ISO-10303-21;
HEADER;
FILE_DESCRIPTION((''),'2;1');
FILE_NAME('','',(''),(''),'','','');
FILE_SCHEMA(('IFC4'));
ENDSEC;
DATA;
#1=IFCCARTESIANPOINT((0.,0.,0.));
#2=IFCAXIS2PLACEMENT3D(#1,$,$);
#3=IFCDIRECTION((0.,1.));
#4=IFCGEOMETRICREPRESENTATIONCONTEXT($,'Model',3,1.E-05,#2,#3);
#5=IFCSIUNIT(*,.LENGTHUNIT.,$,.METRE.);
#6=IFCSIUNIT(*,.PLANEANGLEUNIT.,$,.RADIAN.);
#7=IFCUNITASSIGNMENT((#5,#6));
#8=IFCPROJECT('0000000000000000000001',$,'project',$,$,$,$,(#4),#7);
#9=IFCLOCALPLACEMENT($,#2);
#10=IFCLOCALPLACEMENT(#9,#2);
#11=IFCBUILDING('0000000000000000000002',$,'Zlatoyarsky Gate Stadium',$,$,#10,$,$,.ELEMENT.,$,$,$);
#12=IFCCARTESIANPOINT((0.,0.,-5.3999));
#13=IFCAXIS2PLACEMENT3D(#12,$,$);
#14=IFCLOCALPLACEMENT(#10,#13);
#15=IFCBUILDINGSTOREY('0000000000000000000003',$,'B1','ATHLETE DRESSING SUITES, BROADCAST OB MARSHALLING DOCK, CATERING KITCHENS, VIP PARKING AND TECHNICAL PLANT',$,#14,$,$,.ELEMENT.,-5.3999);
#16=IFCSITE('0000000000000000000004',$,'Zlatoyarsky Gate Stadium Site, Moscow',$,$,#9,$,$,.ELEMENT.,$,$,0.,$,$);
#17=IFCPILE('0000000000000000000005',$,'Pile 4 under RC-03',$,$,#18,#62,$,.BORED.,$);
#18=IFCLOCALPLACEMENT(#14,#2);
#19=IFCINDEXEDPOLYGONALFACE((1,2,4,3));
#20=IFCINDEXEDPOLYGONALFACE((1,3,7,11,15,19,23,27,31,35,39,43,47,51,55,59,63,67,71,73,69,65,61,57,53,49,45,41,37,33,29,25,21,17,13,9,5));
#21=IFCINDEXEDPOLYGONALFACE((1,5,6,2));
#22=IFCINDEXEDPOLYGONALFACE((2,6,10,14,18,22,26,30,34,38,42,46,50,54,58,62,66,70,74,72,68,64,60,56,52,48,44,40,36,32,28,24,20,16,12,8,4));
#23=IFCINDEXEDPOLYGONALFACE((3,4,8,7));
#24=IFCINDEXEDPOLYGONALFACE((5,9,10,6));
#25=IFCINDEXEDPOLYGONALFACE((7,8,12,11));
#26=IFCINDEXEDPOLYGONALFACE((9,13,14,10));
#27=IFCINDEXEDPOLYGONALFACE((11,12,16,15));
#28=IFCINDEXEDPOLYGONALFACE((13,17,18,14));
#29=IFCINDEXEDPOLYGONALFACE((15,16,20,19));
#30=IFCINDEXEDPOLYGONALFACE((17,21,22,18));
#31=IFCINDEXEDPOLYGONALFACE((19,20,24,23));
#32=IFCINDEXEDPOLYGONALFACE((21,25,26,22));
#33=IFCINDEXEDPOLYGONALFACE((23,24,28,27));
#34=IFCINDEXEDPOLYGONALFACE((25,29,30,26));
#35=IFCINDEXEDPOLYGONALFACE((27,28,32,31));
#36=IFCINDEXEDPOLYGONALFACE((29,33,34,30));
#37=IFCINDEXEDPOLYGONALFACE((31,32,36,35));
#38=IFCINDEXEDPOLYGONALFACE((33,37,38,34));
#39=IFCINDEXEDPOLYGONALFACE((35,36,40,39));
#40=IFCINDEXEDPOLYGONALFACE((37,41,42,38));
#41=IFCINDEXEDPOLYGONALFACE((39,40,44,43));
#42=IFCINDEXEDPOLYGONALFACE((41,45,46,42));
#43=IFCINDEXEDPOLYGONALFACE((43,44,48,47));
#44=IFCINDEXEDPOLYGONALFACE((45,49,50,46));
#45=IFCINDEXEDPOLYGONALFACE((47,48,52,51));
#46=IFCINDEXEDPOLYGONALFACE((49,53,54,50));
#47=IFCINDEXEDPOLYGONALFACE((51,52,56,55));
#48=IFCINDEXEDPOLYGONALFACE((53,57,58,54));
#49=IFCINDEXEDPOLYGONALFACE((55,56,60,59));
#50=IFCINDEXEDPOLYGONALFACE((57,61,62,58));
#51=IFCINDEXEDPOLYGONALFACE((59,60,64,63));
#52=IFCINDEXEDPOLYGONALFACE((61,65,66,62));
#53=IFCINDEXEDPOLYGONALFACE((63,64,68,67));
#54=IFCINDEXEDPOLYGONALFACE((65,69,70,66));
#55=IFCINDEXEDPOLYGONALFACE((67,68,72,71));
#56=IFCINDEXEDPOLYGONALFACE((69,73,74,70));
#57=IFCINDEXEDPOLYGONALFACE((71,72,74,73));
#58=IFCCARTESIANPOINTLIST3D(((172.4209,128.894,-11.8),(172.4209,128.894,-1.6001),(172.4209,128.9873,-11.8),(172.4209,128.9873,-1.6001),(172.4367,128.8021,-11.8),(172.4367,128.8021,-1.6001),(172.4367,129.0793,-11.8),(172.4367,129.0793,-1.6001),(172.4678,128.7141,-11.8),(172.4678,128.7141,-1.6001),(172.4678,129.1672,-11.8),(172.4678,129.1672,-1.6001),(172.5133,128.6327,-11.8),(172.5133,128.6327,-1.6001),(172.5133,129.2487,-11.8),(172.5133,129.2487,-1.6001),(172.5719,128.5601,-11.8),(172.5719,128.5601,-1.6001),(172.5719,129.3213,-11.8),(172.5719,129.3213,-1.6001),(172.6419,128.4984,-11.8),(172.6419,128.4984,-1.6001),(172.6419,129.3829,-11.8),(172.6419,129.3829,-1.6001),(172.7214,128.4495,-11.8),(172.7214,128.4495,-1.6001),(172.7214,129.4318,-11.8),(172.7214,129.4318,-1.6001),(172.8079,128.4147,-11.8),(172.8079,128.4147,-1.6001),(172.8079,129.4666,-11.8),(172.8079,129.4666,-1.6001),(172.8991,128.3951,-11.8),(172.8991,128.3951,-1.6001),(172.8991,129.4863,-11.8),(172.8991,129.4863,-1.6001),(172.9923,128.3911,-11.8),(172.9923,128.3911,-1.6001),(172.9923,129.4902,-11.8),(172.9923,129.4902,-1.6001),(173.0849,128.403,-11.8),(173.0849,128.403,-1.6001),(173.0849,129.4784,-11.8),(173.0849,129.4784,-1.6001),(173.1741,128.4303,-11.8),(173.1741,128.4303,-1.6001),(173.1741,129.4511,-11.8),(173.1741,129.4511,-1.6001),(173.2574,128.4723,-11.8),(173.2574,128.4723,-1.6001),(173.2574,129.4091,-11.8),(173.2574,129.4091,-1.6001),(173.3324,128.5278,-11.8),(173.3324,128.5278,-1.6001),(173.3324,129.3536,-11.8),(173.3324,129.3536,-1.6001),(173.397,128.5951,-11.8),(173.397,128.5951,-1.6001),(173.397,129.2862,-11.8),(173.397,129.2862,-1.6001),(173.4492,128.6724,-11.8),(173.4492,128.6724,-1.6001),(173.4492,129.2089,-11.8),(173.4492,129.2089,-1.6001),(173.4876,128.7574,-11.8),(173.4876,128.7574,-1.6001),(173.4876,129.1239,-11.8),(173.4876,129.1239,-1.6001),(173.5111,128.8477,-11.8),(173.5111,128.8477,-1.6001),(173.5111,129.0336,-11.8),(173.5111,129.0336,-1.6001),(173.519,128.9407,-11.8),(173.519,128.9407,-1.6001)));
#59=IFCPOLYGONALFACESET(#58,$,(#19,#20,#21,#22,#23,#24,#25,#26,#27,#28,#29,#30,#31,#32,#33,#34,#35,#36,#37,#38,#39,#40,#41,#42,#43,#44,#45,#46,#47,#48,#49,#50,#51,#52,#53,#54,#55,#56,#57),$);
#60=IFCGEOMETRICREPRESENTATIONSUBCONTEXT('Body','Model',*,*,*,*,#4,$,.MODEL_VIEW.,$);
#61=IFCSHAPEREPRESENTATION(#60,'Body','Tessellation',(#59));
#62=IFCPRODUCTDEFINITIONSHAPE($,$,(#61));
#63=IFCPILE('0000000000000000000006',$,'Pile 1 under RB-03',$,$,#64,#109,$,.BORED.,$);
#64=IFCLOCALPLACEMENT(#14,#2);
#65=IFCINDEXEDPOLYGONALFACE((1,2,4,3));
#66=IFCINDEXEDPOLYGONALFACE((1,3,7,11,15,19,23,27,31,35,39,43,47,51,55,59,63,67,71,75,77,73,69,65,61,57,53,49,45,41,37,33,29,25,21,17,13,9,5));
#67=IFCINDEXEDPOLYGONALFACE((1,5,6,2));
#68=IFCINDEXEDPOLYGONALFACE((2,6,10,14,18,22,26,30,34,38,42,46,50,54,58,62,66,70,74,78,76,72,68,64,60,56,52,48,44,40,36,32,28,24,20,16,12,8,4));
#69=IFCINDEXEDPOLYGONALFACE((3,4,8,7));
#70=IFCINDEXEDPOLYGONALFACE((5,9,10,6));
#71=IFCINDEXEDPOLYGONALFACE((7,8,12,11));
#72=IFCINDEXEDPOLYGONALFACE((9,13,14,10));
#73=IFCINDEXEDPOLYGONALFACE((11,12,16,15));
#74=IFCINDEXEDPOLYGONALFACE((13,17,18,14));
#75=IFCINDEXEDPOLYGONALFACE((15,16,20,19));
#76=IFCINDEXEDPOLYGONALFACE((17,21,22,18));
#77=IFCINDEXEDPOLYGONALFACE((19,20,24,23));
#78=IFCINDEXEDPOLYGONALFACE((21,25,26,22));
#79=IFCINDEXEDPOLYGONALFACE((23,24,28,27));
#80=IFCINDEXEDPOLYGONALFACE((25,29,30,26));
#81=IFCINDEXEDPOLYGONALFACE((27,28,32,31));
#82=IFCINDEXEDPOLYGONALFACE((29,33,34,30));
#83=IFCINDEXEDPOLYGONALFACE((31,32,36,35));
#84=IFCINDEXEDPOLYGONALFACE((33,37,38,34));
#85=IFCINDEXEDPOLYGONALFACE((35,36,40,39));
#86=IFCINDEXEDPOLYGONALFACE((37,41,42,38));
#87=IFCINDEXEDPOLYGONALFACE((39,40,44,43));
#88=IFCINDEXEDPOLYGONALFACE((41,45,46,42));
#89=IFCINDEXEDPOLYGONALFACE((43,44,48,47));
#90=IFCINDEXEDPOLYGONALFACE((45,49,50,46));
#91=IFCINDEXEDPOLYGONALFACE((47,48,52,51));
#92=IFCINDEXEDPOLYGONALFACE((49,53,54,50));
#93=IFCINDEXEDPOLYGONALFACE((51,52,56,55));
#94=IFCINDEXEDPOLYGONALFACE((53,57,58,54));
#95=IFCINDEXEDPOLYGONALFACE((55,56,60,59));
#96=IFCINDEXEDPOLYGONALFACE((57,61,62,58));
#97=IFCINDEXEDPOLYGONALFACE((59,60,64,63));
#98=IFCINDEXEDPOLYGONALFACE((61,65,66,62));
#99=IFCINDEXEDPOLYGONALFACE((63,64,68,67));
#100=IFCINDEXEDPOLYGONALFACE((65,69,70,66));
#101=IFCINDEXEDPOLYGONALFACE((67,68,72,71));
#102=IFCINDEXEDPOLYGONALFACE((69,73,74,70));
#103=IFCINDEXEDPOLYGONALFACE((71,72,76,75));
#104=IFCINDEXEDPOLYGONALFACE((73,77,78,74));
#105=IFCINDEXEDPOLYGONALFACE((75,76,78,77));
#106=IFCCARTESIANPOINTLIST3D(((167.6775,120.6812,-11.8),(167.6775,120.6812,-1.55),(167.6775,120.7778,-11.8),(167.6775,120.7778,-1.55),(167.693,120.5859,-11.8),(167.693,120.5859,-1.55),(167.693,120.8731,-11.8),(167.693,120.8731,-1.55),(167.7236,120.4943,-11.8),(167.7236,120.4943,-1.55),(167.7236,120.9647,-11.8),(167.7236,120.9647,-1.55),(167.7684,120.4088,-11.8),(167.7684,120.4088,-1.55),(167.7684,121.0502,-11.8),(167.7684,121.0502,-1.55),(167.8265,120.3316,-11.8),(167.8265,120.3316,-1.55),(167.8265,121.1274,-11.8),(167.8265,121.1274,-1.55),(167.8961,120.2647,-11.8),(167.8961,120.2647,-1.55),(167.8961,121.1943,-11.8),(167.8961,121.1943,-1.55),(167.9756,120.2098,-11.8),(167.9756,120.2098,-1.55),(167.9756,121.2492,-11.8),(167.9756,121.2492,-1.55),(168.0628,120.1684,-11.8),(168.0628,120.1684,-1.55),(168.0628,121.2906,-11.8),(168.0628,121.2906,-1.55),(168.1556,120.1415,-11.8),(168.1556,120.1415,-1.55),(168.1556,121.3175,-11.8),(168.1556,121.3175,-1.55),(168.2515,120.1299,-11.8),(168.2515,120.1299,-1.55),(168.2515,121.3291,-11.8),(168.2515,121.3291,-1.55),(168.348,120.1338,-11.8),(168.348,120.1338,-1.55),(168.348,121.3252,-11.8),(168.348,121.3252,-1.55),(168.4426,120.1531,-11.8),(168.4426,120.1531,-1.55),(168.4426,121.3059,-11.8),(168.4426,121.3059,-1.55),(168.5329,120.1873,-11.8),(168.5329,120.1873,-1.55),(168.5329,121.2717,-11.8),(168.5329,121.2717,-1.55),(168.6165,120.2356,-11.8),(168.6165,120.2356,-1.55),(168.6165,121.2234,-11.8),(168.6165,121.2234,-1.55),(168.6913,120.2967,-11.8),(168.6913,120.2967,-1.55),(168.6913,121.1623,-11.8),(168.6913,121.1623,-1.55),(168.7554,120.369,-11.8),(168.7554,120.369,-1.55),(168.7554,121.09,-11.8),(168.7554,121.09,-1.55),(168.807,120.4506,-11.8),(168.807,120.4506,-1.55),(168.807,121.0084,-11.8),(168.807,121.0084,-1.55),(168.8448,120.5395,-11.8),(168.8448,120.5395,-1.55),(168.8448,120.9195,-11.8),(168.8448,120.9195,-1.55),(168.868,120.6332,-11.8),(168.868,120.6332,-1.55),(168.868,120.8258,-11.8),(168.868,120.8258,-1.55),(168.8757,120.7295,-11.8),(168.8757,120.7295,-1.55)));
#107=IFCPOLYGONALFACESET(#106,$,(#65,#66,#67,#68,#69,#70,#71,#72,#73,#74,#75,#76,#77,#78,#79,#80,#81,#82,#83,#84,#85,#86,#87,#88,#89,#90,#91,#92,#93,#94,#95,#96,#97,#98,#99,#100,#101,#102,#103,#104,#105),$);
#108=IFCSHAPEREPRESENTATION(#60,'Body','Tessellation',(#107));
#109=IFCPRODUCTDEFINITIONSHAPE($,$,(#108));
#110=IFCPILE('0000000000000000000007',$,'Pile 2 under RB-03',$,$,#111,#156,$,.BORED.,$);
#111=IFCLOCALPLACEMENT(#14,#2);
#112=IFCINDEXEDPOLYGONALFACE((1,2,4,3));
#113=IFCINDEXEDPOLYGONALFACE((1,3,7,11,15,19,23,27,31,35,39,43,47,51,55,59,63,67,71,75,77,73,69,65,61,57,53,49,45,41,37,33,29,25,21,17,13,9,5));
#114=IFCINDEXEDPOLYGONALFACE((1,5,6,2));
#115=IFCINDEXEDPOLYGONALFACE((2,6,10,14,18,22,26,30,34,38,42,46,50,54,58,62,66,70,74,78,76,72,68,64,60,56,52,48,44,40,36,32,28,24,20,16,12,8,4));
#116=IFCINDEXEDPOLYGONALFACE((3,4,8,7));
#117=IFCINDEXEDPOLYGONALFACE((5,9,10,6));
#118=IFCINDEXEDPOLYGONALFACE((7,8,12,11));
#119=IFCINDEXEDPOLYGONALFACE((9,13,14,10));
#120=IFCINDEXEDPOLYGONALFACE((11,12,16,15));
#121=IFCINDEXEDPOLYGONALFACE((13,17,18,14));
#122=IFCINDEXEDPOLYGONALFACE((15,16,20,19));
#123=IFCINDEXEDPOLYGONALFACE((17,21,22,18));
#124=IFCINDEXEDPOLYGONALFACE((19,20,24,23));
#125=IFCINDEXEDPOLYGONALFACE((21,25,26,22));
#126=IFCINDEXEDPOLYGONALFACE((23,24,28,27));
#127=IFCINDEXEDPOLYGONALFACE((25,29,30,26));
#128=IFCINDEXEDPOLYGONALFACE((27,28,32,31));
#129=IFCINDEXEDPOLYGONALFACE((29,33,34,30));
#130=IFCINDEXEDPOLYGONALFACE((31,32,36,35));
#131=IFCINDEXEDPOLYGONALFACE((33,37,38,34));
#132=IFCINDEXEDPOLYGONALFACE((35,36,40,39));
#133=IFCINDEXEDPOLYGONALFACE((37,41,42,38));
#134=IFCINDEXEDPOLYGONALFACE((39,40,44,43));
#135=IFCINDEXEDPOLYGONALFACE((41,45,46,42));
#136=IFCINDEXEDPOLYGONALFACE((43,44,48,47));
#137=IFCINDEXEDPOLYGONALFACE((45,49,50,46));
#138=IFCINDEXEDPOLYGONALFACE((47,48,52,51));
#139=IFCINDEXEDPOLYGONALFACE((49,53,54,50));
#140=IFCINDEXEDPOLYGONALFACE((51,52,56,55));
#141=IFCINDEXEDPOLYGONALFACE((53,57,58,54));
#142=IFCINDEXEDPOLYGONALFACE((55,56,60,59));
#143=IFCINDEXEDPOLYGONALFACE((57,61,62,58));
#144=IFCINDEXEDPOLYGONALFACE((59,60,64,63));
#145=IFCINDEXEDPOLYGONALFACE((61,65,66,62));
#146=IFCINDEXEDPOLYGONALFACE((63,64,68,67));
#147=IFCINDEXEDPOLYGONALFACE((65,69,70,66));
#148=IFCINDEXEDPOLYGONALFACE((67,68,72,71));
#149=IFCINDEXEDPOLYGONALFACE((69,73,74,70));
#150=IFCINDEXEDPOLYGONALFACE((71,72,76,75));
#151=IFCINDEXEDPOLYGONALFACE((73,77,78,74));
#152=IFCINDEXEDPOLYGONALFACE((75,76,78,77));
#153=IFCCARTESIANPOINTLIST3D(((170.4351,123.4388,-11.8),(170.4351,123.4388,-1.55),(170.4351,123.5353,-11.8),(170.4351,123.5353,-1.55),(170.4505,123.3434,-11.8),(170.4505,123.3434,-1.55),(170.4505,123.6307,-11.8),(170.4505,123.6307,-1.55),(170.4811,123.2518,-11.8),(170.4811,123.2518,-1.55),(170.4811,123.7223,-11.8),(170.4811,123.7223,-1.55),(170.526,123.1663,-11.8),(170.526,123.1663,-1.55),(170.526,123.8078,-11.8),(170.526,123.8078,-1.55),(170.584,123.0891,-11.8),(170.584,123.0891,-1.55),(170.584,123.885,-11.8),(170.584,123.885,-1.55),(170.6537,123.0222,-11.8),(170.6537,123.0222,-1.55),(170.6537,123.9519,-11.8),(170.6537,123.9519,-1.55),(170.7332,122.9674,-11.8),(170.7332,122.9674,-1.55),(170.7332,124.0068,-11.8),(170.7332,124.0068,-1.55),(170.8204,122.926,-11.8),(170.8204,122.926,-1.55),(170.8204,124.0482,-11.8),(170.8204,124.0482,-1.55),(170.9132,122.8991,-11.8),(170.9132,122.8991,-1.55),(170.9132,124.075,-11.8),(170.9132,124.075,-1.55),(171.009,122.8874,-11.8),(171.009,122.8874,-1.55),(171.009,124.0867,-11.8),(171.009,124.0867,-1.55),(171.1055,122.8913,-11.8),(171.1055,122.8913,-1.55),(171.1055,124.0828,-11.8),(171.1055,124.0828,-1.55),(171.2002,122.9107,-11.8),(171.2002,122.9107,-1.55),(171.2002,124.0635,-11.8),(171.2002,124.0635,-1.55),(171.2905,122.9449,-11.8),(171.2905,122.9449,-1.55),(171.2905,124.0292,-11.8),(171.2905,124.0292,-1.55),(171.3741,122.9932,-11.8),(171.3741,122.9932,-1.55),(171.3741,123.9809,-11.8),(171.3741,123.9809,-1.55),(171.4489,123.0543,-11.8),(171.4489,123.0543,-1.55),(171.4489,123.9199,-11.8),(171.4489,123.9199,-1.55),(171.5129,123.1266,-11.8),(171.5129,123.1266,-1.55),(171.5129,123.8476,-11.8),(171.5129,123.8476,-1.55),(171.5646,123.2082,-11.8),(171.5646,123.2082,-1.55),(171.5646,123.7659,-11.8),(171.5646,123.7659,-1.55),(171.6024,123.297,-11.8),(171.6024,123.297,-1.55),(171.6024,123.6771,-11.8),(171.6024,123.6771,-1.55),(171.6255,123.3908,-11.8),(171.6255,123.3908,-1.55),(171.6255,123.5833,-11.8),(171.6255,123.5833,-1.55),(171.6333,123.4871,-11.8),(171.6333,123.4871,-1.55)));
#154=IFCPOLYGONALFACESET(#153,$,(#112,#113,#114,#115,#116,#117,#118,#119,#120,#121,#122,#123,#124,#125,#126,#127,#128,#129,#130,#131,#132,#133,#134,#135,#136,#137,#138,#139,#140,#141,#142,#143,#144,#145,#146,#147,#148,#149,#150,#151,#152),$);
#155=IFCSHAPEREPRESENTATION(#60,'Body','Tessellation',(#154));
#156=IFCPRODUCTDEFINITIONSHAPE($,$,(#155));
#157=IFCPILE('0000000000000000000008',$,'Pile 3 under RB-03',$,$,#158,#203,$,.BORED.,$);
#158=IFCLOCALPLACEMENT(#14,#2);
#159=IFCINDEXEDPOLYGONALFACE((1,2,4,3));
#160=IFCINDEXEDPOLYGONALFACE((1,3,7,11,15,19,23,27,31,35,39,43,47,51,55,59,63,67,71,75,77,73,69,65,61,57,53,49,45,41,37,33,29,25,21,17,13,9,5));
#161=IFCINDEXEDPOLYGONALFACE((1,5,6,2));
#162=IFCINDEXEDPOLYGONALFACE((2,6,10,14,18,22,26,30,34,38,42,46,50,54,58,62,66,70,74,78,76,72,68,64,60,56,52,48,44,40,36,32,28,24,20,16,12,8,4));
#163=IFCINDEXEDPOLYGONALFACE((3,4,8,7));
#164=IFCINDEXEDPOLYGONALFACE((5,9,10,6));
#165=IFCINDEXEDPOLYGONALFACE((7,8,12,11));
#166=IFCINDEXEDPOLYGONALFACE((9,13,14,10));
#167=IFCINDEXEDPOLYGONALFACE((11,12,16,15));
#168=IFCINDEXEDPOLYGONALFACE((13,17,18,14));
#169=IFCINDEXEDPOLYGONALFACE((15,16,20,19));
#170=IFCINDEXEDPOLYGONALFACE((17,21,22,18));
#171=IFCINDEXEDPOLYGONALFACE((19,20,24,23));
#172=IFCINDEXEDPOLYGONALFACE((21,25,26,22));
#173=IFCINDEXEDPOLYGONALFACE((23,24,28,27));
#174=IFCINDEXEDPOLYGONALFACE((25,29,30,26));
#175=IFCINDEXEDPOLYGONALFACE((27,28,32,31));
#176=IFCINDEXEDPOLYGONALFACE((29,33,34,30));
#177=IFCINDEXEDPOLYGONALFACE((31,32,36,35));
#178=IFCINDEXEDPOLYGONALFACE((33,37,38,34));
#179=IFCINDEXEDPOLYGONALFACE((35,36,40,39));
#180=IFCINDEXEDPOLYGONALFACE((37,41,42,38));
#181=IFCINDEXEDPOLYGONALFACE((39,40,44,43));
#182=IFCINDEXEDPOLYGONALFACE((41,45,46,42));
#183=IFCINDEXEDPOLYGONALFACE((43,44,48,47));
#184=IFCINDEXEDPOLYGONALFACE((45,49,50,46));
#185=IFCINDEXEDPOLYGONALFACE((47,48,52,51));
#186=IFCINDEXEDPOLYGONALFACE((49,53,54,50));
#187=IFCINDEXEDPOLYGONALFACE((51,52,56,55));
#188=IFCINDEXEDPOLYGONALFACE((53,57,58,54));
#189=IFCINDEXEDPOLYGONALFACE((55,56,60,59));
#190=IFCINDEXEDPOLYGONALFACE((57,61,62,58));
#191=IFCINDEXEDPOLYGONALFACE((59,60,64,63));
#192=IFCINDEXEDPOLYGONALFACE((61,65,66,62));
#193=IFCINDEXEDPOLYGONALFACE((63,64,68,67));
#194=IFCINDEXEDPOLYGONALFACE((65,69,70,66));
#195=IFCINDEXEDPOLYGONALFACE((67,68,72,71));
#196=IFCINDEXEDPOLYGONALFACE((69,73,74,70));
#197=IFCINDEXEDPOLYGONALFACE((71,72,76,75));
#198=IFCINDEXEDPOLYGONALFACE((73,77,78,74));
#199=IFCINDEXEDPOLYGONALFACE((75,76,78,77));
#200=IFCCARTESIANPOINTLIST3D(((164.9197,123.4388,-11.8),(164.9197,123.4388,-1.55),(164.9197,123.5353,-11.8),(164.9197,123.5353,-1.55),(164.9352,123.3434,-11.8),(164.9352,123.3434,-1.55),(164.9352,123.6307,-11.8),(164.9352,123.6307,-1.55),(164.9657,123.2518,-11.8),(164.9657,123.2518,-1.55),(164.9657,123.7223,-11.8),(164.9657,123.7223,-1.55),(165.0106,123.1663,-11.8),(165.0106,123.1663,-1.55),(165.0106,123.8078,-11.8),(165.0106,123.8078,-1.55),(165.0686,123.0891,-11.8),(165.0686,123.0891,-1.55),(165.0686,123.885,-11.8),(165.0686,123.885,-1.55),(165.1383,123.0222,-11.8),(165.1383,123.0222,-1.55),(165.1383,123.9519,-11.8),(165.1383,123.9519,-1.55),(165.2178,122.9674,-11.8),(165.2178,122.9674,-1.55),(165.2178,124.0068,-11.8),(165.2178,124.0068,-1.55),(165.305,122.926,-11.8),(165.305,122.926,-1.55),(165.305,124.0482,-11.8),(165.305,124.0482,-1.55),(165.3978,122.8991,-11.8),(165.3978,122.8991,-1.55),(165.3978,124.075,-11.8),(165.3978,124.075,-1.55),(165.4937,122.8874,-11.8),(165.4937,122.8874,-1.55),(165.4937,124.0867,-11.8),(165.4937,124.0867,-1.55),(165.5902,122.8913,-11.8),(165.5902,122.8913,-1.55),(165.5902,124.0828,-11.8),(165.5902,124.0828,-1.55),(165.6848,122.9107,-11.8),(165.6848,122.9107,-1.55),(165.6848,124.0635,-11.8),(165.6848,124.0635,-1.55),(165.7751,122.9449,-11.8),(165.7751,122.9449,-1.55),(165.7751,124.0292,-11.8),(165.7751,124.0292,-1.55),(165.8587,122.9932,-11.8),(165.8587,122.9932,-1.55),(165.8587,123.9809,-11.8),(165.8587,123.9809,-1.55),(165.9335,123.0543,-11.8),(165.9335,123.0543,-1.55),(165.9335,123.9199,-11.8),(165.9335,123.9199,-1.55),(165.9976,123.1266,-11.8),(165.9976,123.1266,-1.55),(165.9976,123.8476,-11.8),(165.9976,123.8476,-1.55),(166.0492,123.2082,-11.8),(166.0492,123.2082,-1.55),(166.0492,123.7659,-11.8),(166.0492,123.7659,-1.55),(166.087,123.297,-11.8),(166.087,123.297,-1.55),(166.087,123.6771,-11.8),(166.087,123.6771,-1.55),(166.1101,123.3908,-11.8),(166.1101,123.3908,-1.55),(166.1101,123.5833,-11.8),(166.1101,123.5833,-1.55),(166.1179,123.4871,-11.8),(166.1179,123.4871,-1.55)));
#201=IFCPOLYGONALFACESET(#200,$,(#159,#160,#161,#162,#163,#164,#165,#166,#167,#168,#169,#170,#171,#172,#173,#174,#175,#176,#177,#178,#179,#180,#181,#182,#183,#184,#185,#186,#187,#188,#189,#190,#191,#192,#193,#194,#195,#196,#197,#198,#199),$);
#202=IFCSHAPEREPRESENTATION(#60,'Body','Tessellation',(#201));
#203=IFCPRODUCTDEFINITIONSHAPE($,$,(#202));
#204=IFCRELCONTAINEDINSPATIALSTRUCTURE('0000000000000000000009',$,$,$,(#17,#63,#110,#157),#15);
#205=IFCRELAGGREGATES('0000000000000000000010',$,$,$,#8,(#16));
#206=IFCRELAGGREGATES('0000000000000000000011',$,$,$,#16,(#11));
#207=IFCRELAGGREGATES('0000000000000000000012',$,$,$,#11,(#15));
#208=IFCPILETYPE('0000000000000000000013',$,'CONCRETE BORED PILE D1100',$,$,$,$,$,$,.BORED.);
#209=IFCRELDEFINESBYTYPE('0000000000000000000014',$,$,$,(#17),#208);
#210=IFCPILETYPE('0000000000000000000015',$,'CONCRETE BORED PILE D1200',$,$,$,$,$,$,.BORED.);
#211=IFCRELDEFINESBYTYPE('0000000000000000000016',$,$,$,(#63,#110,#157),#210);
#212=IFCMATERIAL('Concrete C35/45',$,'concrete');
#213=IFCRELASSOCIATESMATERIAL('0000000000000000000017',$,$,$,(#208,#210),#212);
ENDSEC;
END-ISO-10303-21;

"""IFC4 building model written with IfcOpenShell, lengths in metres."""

from ifc_helpers import new_model, si_unit, direction, frame, origin, origin_2d, place, context, subcontext, project, spatial, circle, extrude, material, material_profile, profile_set, type_object, element, save


model = new_model("IFC4")

# Units and contexts
model_context = context("Model", 3, precision=1e-05, world=origin(), true_north=direction((0.0, 1.0)))
body_context = subcontext(model_context, "Body", "Model", "MODEL_VIEW")
ifc_project = project(units=[si_unit("LENGTHUNIT", "METRE"), si_unit("PLANEANGLEUNIT", "RADIAN")], contexts=[model_context])

# Site, building, storey
site_placement = place(None, origin())
site = spatial("IfcSite", under=ifc_project, at=site_placement, Name="Zlatoyarsky Gate Stadium Site, Moscow", CompositionType="ELEMENT", RefElevation=0.0)
building_placement = place(site_placement, origin())
building = spatial("IfcBuilding", under=site, at=building_placement, Name="Zlatoyarsky Gate Stadium", CompositionType="ELEMENT")
storey_placement = place(building_placement, frame((0.0, 0.0, -5.3999)))
storey = spatial("IfcBuildingStorey", under=building, at=storey_placement, Name="B1", Description="ATHLETE DRESSING SUITES, BROADCAST OB MARSHALLING DOCK, CATERING KITCHENS, VIP PARKING AND TECHNICAL PLANT", CompositionType="ELEMENT", Elevation=-5.3999)

# Piles
ifc_material_1 = material(Name="Concrete C35/45", Category="concrete")
ifc_material_profile_1 = material_profile(ifc_material_1, circle(Radius=0.55, at=origin_2d()), Name="BORED PILE D1100")
ifc_profile_set_1 = profile_set([ifc_material_profile_1], Name="Concrete C35/45")
pile_type_1 = type_object("IfcPileType", Name="CONCRETE BORED PILE D1100", PredefinedType="BORED", material=ifc_profile_set_1)
pile_placement = place(storey_placement, frame((172.969, 128.9407, -1.6001), z_axis=(0.0, 0.0, -1.0), x_axis=(1.0, 0.0, 0.0)))
element("IfcPile", 1, at=pile_placement, inside=storey, type_object=pile_type_1, Name="Pile 4 under RC-03", PredefinedType="BORED", context=body_context, shape_type="SweptSolid", body=[
    extrude(circle(Radius=0.55, at=origin_2d()), origin(), (0.0, 0.0, 1.0), 10.2),
])
ifc_material_profile_2 = material_profile(ifc_material_1, circle(Radius=0.6001, at=origin_2d()), Name="BORED PILE D1200")
ifc_profile_set_2 = profile_set([ifc_material_profile_2], Name="Concrete C35/45")
pile_type_2 = type_object("IfcPileType", Name="CONCRETE BORED PILE D1200", PredefinedType="BORED", material=ifc_profile_set_2)
for number, where, z_axis, x_axis, name in (
    (2, (168.2756, 120.7295, -1.55), (0.0, 0.0, -1.0), (1.0, 0.0, 0.0), "Pile 1 under RB-03"),
    (3, (171.0332, 123.4871, -1.55), (0.0, 0.0, -1.0), (1.0, 0.0, 0.0), "Pile 2 under RB-03"),
    (4, (165.5178, 123.4871, -1.55), (0.0, 0.0, -1.0), (1.0, 0.0, 0.0), "Pile 3 under RB-03"),
):
    element("IfcPile", number, at=place(storey_placement, frame(where, z_axis=z_axis, x_axis=x_axis)), inside=storey, type_object=pile_type_2, Name=name, PredefinedType="BORED", context=body_context, shape_type="SweptSolid", body=[
        extrude(circle(Radius=0.6001, at=origin_2d()), origin(), (0.0, 0.0, 1.0), 10.25),
    ])

save(model, "model.ifc")
